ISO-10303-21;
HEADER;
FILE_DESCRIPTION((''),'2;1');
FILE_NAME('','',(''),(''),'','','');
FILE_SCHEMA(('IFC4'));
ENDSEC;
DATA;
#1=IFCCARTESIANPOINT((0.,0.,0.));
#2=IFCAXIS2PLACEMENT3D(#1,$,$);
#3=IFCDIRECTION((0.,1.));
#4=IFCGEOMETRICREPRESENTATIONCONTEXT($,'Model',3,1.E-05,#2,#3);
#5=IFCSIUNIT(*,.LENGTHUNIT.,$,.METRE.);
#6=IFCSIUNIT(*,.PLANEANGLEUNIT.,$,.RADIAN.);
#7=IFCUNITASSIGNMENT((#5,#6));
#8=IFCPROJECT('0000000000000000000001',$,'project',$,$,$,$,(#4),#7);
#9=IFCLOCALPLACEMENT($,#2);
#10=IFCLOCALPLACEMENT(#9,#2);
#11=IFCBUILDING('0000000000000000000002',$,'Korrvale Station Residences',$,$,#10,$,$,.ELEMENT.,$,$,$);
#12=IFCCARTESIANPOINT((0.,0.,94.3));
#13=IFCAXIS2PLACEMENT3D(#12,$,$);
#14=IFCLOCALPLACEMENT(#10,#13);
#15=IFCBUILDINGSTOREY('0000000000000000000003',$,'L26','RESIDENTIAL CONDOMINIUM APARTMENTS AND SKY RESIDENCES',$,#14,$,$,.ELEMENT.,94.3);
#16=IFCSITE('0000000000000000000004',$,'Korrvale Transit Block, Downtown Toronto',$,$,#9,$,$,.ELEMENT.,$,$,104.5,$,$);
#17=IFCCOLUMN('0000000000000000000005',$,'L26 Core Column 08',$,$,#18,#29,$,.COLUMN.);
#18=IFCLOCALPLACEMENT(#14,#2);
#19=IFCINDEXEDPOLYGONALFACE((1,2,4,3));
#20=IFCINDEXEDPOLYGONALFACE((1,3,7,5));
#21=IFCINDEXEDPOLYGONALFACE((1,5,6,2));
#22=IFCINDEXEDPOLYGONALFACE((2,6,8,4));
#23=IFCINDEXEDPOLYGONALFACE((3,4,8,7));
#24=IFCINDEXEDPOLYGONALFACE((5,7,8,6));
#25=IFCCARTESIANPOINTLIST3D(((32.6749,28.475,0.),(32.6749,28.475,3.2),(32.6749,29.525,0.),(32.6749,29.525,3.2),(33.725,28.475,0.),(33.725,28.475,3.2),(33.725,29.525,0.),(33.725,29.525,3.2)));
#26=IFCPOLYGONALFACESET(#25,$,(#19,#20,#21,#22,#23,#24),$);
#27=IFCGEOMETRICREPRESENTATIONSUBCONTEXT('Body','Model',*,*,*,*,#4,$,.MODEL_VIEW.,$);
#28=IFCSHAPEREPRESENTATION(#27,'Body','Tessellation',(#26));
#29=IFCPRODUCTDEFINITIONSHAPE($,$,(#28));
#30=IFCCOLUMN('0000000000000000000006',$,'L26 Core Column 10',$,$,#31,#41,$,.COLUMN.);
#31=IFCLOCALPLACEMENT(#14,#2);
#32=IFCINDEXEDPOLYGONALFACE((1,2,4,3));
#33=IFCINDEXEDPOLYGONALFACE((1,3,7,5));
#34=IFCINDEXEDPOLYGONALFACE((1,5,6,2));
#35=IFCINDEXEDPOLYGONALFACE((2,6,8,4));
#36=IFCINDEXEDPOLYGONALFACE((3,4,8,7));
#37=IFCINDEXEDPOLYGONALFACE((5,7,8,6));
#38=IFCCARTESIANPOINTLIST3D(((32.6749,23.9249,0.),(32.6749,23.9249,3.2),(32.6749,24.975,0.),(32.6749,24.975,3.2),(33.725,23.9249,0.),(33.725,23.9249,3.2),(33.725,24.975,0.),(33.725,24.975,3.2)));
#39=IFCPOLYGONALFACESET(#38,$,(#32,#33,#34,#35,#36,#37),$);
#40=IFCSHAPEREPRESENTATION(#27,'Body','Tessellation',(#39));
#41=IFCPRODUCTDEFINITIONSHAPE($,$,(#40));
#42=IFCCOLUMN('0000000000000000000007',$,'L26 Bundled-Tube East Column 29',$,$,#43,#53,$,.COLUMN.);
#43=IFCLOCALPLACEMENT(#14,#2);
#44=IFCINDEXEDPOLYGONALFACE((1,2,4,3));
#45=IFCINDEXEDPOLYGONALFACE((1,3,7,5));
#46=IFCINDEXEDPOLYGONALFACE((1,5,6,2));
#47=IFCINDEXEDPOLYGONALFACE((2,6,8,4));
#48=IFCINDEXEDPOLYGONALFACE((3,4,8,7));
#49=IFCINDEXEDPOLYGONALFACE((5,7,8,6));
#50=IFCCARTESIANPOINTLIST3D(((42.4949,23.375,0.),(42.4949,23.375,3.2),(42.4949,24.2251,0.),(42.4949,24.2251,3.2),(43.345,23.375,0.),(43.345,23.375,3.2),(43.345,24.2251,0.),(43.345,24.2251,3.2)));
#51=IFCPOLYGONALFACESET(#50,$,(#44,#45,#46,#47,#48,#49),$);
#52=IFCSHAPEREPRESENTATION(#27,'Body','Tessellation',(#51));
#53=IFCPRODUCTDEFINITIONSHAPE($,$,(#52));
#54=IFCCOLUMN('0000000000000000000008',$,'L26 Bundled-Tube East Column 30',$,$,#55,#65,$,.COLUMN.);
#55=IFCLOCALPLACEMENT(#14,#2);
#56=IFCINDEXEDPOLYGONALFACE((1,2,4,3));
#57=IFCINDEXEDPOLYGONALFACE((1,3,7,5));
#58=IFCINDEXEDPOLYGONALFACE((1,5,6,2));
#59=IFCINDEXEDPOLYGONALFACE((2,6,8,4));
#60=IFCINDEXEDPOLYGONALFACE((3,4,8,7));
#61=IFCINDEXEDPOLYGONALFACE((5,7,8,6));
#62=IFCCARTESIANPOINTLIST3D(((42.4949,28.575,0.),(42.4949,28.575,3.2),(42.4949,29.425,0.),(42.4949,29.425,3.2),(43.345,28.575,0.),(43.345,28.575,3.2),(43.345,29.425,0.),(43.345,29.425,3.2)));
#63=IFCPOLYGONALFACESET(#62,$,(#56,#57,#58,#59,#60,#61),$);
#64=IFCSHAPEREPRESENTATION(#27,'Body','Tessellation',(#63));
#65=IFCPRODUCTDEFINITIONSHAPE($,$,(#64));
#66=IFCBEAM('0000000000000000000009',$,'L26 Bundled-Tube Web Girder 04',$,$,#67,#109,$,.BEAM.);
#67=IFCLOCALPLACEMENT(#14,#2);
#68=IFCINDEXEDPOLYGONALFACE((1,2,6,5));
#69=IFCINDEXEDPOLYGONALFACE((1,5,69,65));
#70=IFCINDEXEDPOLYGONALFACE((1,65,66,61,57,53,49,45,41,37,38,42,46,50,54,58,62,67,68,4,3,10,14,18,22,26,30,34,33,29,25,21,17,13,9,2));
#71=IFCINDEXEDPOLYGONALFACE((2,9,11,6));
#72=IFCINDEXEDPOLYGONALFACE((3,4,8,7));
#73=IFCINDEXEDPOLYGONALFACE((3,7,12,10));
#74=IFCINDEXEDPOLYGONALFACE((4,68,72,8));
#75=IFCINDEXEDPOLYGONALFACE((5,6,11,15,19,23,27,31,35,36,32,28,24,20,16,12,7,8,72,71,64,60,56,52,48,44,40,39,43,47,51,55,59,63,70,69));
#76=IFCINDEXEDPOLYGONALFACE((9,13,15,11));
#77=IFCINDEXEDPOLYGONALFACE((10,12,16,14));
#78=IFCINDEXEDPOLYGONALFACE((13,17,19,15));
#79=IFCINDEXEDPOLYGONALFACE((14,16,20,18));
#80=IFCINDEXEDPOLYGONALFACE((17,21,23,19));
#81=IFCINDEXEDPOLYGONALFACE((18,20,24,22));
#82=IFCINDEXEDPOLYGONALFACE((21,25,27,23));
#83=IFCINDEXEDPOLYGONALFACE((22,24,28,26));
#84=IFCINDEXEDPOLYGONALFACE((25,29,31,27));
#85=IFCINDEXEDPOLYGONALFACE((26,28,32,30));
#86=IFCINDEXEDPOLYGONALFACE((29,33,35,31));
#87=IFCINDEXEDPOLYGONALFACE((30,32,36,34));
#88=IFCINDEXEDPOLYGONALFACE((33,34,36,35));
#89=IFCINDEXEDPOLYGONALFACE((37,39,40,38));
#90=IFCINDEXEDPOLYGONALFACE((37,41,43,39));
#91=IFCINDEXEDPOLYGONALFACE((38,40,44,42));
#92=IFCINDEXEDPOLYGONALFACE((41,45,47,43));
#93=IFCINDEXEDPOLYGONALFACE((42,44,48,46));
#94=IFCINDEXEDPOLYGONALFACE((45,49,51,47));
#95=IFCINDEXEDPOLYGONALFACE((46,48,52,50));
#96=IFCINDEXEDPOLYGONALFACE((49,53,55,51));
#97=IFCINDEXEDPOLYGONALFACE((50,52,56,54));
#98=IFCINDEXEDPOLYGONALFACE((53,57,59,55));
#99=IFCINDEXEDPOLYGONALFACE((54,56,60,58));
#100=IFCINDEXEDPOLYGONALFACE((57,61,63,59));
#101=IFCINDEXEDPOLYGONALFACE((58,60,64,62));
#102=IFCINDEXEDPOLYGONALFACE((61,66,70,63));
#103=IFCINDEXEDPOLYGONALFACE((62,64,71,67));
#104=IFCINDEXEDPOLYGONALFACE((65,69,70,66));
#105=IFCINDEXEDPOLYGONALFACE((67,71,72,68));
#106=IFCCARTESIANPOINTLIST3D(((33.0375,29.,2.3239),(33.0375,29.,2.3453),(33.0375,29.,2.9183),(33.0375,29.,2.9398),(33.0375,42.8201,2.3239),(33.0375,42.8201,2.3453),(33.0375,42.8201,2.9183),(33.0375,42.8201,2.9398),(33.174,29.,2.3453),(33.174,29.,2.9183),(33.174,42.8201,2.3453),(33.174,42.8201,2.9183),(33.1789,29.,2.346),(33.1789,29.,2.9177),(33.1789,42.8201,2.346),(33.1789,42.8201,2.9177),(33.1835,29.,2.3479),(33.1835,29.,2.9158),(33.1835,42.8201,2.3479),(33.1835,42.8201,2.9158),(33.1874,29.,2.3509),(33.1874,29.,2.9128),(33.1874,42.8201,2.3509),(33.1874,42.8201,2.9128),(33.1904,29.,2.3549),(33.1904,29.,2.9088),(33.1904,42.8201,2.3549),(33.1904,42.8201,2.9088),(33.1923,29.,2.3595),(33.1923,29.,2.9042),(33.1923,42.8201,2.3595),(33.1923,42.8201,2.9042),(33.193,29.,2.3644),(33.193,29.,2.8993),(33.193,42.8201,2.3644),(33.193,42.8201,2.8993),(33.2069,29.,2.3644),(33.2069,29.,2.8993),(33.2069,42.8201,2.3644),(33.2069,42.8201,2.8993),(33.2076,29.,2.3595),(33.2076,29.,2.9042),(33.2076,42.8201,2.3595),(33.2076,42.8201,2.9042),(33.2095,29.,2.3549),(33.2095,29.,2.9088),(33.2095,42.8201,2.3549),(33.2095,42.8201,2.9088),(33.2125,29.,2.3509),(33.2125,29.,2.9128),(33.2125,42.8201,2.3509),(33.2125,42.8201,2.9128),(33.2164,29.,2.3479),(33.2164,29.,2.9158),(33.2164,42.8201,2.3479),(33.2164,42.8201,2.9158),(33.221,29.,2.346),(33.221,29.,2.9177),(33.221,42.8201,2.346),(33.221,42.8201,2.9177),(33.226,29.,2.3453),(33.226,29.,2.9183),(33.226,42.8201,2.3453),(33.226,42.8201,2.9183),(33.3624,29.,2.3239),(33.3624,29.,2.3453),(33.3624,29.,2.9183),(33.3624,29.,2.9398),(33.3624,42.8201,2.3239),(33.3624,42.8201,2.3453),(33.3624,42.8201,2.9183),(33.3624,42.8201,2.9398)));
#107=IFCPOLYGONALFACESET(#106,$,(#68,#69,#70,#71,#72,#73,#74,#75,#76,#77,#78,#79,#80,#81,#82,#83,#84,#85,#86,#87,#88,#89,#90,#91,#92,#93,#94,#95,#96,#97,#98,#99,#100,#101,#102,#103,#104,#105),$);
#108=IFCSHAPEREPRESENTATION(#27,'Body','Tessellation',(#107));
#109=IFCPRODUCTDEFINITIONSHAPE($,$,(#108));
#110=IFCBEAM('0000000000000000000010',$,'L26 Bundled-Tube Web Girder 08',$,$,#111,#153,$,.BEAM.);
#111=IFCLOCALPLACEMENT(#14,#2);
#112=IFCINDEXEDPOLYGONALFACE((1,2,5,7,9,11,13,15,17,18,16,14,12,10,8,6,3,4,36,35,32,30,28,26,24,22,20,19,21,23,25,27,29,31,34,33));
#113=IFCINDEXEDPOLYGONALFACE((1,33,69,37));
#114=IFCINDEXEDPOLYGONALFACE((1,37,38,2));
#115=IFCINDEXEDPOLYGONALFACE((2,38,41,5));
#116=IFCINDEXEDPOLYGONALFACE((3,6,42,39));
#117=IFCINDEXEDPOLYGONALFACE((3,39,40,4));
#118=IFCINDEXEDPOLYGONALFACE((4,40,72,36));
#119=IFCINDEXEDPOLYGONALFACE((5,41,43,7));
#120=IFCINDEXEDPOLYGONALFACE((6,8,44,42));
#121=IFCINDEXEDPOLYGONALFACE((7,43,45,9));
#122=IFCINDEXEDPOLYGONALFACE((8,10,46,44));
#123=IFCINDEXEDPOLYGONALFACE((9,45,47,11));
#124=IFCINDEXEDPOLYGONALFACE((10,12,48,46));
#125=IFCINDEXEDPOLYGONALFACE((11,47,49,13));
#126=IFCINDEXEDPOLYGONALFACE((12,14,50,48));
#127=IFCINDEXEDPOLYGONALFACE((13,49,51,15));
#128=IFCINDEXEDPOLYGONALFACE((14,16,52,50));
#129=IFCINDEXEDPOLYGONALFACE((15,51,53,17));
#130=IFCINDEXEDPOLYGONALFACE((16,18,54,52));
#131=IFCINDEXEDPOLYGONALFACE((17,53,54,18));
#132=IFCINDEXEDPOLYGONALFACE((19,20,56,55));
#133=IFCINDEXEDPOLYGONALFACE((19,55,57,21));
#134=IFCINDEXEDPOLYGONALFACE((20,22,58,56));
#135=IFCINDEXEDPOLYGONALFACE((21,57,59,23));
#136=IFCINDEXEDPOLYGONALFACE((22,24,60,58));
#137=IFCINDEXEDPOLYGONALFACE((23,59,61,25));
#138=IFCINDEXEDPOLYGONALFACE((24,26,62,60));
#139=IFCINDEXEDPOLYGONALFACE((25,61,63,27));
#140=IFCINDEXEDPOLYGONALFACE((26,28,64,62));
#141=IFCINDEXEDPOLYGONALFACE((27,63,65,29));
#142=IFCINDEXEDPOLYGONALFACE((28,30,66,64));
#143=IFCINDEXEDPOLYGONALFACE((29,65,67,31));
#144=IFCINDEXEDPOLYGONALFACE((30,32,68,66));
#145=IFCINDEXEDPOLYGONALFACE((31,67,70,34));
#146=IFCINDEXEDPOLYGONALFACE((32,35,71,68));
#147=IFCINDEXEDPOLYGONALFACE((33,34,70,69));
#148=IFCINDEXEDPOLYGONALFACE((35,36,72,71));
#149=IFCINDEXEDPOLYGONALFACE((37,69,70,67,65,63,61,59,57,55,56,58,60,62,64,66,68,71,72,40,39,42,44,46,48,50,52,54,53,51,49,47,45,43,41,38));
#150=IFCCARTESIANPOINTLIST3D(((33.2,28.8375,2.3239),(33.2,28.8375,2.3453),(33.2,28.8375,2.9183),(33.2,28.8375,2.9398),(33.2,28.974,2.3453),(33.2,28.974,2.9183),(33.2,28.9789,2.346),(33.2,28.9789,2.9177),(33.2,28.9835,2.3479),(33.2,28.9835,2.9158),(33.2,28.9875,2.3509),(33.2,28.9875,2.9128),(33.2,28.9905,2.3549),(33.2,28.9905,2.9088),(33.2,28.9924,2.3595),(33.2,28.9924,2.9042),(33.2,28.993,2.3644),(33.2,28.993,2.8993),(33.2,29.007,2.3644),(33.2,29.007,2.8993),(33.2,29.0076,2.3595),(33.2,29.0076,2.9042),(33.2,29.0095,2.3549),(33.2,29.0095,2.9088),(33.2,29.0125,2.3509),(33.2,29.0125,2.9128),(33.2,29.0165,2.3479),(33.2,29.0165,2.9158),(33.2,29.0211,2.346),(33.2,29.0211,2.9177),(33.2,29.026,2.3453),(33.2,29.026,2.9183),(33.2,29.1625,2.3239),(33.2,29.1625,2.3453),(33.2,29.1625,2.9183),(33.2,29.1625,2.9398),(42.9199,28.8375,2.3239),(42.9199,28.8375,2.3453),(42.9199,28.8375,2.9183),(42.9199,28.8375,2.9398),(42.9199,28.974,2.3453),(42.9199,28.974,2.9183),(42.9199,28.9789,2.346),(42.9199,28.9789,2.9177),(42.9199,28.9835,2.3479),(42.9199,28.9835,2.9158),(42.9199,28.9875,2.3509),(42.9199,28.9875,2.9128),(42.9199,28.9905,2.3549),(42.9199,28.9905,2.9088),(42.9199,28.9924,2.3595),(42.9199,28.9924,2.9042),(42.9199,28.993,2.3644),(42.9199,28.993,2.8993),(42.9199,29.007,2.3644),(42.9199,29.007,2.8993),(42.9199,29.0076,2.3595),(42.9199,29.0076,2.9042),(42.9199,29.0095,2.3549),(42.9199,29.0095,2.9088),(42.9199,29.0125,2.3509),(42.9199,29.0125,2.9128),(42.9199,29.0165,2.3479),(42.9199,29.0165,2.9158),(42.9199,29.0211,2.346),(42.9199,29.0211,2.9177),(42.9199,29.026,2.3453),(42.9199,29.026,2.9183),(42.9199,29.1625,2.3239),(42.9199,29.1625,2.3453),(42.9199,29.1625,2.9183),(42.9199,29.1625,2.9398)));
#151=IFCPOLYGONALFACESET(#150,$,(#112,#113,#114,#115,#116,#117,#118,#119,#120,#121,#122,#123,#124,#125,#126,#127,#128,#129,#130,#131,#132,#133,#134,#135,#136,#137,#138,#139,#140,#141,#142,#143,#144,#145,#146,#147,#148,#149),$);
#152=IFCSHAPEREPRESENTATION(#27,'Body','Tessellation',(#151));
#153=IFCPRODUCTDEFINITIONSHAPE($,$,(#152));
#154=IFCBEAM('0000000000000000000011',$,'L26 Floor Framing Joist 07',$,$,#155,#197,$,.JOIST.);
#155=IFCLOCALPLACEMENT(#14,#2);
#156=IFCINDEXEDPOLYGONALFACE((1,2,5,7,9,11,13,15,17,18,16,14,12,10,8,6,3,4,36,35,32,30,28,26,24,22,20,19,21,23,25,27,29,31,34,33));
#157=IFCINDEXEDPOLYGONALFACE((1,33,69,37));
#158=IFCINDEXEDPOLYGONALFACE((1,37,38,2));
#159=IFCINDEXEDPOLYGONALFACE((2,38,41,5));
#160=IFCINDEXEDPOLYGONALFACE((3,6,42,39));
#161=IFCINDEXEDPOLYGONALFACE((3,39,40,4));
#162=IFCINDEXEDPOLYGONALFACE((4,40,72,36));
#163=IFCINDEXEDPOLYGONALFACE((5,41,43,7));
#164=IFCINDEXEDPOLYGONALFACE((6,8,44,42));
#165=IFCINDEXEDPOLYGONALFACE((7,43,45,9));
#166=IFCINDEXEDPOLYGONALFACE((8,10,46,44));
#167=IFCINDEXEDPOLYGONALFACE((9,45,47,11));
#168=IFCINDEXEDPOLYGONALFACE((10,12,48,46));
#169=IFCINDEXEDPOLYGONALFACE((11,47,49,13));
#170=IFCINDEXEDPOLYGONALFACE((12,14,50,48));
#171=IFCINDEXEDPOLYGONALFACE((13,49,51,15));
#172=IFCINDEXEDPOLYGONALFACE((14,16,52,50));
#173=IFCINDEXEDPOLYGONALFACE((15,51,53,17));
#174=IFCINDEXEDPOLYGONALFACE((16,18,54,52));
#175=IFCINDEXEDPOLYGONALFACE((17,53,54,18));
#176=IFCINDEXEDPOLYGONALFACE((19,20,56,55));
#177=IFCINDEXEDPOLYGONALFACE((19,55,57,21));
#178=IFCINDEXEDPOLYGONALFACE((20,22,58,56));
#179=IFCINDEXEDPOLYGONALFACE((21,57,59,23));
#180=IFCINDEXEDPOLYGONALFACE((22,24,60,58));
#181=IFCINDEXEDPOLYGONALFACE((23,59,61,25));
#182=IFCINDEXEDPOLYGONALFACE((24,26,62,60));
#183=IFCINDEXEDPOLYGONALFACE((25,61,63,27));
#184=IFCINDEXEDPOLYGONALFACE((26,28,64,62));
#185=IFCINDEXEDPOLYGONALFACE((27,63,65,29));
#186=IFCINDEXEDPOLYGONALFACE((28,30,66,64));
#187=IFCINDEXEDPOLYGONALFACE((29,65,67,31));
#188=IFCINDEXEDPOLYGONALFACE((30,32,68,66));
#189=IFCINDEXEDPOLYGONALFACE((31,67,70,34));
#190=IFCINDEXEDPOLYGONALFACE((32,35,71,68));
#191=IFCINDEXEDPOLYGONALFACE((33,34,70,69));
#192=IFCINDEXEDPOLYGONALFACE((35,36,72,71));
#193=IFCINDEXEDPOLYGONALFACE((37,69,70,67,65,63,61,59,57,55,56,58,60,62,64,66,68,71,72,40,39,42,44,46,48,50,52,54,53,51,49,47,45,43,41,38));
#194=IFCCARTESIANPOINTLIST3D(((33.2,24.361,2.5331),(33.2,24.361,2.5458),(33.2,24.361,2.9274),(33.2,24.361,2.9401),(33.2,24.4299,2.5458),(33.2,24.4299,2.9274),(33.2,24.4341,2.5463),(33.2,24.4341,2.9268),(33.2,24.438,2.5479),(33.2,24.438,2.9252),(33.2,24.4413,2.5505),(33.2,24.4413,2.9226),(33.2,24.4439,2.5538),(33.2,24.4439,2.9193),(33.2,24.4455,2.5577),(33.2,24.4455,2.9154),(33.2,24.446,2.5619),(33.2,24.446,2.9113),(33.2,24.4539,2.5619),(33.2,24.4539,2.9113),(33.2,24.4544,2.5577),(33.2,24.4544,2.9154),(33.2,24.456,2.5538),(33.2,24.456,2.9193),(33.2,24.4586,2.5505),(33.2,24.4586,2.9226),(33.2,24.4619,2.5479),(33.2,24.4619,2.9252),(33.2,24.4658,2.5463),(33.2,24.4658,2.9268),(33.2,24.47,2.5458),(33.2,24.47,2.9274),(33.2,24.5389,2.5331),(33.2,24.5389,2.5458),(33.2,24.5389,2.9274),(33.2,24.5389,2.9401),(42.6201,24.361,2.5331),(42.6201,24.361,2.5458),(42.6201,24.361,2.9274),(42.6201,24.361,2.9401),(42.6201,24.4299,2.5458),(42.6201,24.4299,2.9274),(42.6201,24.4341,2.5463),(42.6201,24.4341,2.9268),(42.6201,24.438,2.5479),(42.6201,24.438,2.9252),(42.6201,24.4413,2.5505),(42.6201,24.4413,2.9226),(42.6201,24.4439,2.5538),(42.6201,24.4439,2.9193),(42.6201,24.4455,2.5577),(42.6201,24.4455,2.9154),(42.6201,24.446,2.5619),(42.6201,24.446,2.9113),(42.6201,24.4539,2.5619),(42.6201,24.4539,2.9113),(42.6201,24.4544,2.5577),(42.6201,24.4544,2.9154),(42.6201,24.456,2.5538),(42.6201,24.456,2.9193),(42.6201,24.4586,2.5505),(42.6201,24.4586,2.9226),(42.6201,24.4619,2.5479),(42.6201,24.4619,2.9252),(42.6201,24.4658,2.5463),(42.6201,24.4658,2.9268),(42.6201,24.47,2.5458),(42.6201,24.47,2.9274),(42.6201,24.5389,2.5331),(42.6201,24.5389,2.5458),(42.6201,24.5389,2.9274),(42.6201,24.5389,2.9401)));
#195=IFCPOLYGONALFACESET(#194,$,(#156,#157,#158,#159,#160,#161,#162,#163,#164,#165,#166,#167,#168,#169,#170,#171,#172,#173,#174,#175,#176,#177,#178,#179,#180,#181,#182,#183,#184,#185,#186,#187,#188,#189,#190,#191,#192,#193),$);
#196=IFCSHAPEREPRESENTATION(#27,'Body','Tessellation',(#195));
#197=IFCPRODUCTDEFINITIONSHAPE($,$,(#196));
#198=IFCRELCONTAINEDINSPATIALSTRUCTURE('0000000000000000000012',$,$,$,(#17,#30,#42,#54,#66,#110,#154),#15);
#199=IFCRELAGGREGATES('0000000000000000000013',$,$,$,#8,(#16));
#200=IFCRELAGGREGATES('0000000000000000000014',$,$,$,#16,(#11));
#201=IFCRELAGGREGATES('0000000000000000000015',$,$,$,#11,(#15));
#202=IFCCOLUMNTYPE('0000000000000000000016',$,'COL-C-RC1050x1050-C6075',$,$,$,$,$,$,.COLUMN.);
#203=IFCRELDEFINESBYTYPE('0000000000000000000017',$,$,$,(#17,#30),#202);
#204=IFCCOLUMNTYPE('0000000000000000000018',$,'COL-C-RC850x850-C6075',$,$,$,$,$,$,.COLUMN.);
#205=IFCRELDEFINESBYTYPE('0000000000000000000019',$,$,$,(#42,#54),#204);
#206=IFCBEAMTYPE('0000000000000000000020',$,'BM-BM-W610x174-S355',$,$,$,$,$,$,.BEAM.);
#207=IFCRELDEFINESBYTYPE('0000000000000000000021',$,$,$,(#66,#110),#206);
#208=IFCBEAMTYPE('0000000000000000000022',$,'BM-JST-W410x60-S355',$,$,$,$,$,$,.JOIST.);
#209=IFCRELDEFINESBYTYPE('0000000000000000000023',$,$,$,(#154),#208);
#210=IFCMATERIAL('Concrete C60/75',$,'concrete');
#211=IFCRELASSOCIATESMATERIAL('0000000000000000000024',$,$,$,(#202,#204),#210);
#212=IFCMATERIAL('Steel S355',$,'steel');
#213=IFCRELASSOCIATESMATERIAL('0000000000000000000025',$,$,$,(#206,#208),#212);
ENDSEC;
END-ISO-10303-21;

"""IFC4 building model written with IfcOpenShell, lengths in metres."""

from ifc_helpers import new_model, si_unit, direction, frame, origin, origin_2d, place, context, subcontext, project, spatial, rectangle, i_section, extrude, material, material_profile, profile_set, type_object, element, save


model = new_model("IFC4")

# Units and contexts
model_context = context("Model", 3, precision=1e-05, world=origin(), true_north=direction((0.0, 1.0)))
body_context = subcontext(model_context, "Body", "Model", "MODEL_VIEW")
ifc_project = project(units=[si_unit("LENGTHUNIT", "METRE"), si_unit("PLANEANGLEUNIT", "RADIAN")], contexts=[model_context])

# Site, building, storey
site_placement = place(None, origin())
site = spatial("IfcSite", under=ifc_project, at=site_placement, Name="Korrvale Transit Block, Downtown Toronto", CompositionType="ELEMENT", RefElevation=104.5)
building_placement = place(site_placement, origin())
building = spatial("IfcBuilding", under=site, at=building_placement, Name="Korrvale Station Residences", CompositionType="ELEMENT")
storey_placement = place(building_placement, frame((0.0, 0.0, 94.3)))
storey = spatial("IfcBuildingStorey", under=building, at=storey_placement, Name="L26", Description="RESIDENTIAL CONDOMINIUM APARTMENTS AND SKY RESIDENCES", CompositionType="ELEMENT", Elevation=94.3)

# Columns
ifc_material_1 = material(Name="Concrete C60/75", Category="concrete")
ifc_material_profile_1 = material_profile(ifc_material_1, rectangle(XDim=1.05, YDim=1.05, at=origin_2d()), Name="RC1050x1050")
ifc_profile_set_1 = profile_set([ifc_material_profile_1], Name="Concrete C60/75")
column_type_1 = type_object("IfcColumnType", Name="COL-C-RC1050x1050-C6075", PredefinedType="COLUMN", material=ifc_profile_set_1)
for number, where, z_axis, x_axis, name in (
    (1, (33.2, 29.0, 0.0), (0.0, 0.0, 1.0), (1.0, 0.0, 0.0), "L26 Core Column 08"),
    (2, (33.2, 24.45, 0.0), (0.0, 0.0, 1.0), (1.0, 0.0, 0.0), "L26 Core Column 10"),
):
    element("IfcColumn", number, at=place(storey_placement, frame(where, z_axis=z_axis, x_axis=x_axis)), inside=storey, type_object=column_type_1, Name=name, PredefinedType="COLUMN", context=body_context, shape_type="SweptSolid", body=[
        extrude(rectangle(XDim=1.05, YDim=1.05, at=origin_2d()), origin(), (0.0, 0.0, 1.0), 3.2),
    ])
ifc_material_profile_2 = material_profile(ifc_material_1, rectangle(XDim=0.8501, YDim=0.8501, at=origin_2d()), Name="RC850x850")
ifc_profile_set_2 = profile_set([ifc_material_profile_2], Name="Concrete C60/75")
column_type_2 = type_object("IfcColumnType", Name="COL-C-RC850x850-C6075", PredefinedType="COLUMN", material=ifc_profile_set_2)
for number, where, z_axis, x_axis, name in (
    (3, (42.9199, 23.8, 0.0), (0.0, 0.0, 1.0), (1.0, 0.0, 0.0), "L26 Bundled-Tube East Column 29"),
    (4, (42.9199, 29.0, 0.0), (0.0, 0.0, 1.0), (1.0, 0.0, 0.0), "L26 Bundled-Tube East Column 30"),
):
    element("IfcColumn", number, at=place(storey_placement, frame(where, z_axis=z_axis, x_axis=x_axis)), inside=storey, type_object=column_type_2, Name=name, PredefinedType="COLUMN", context=body_context, shape_type="SweptSolid", body=[
        extrude(rectangle(XDim=0.8501, YDim=0.8501, at=origin_2d()), origin(), (0.0, 0.0, 1.0), 3.2),
    ])

# Beams
ifc_material_2 = material(Name="Steel S355", Category="steel")
ifc_material_profile_3 = material_profile(ifc_material_2, i_section(OverallWidth=0.325, OverallDepth=0.616, WebThickness=0.0139, FlangeThickness=0.0215, FilletRadius=0.019, at=origin_2d()), Name="W610x174")
ifc_profile_set_3 = profile_set([ifc_material_profile_3], Name="Steel S355")
beam_type_1 = type_object("IfcBeamType", Name="BM-BM-W610x174-S355", PredefinedType="BEAM", material=ifc_profile_set_3)
beam_1_placement = place(storey_placement, frame((33.2, 29.0, 2.6318), z_axis=(0.0, 1.0, 0.0), x_axis=(-1.0, 0.0, 0.0)))
element("IfcBeam", 5, at=beam_1_placement, inside=storey, type_object=beam_type_1, Name="L26 Bundled-Tube Web Girder 04", PredefinedType="BEAM", context=body_context, shape_type="SweptSolid", body=[
    extrude(i_section(OverallWidth=0.325, OverallDepth=0.616, WebThickness=0.0139, FlangeThickness=0.0215, FilletRadius=0.019, at=origin_2d()), origin(), (0.0, 0.0, 1.0), 13.8201),
])
beam_2_placement = place(storey_placement, frame((33.2, 29.0, 2.6318), z_axis=(1.0, 0.0, 0.0), x_axis=(0.0, 1.0, 0.0)))
element("IfcBeam", 6, at=beam_2_placement, inside=storey, type_object=beam_type_1, Name="L26 Bundled-Tube Web Girder 08", PredefinedType="BEAM", context=body_context, shape_type="SweptSolid", body=[
    extrude(i_section(OverallWidth=0.325, OverallDepth=0.616, WebThickness=0.0139, FlangeThickness=0.0215, FilletRadius=0.019, at=origin_2d()), origin(), (0.0, 0.0, 1.0), 9.72),
])
ifc_material_profile_4 = material_profile(ifc_material_2, i_section(OverallWidth=0.178, OverallDepth=0.407, WebThickness=0.0078, FlangeThickness=0.0127, FilletRadius=0.0161, at=origin_2d()), Name="W410x60")
ifc_profile_set_4 = profile_set([ifc_material_profile_4], Name="Steel S355")
beam_type_2 = type_object("IfcBeamType", Name="BM-JST-W410x60-S355", PredefinedType="JOIST", material=ifc_profile_set_4)
beam_3_placement = place(storey_placement, frame((33.2, 24.45, 2.7366), z_axis=(1.0, 0.0, 0.0), x_axis=(0.0, 1.0, 0.0)))
element("IfcBeam", 7, at=beam_3_placement, inside=storey, type_object=beam_type_2, Name="L26 Floor Framing Joist 07", PredefinedType="JOIST", context=body_context, shape_type="SweptSolid", body=[
    extrude(i_section(OverallWidth=0.178, OverallDepth=0.407, WebThickness=0.0078, FlangeThickness=0.0127, FilletRadius=0.0161, at=origin_2d()), origin(), (0.0, 0.0, 1.0), 9.4202),
])

save(model, "model.ifc")
